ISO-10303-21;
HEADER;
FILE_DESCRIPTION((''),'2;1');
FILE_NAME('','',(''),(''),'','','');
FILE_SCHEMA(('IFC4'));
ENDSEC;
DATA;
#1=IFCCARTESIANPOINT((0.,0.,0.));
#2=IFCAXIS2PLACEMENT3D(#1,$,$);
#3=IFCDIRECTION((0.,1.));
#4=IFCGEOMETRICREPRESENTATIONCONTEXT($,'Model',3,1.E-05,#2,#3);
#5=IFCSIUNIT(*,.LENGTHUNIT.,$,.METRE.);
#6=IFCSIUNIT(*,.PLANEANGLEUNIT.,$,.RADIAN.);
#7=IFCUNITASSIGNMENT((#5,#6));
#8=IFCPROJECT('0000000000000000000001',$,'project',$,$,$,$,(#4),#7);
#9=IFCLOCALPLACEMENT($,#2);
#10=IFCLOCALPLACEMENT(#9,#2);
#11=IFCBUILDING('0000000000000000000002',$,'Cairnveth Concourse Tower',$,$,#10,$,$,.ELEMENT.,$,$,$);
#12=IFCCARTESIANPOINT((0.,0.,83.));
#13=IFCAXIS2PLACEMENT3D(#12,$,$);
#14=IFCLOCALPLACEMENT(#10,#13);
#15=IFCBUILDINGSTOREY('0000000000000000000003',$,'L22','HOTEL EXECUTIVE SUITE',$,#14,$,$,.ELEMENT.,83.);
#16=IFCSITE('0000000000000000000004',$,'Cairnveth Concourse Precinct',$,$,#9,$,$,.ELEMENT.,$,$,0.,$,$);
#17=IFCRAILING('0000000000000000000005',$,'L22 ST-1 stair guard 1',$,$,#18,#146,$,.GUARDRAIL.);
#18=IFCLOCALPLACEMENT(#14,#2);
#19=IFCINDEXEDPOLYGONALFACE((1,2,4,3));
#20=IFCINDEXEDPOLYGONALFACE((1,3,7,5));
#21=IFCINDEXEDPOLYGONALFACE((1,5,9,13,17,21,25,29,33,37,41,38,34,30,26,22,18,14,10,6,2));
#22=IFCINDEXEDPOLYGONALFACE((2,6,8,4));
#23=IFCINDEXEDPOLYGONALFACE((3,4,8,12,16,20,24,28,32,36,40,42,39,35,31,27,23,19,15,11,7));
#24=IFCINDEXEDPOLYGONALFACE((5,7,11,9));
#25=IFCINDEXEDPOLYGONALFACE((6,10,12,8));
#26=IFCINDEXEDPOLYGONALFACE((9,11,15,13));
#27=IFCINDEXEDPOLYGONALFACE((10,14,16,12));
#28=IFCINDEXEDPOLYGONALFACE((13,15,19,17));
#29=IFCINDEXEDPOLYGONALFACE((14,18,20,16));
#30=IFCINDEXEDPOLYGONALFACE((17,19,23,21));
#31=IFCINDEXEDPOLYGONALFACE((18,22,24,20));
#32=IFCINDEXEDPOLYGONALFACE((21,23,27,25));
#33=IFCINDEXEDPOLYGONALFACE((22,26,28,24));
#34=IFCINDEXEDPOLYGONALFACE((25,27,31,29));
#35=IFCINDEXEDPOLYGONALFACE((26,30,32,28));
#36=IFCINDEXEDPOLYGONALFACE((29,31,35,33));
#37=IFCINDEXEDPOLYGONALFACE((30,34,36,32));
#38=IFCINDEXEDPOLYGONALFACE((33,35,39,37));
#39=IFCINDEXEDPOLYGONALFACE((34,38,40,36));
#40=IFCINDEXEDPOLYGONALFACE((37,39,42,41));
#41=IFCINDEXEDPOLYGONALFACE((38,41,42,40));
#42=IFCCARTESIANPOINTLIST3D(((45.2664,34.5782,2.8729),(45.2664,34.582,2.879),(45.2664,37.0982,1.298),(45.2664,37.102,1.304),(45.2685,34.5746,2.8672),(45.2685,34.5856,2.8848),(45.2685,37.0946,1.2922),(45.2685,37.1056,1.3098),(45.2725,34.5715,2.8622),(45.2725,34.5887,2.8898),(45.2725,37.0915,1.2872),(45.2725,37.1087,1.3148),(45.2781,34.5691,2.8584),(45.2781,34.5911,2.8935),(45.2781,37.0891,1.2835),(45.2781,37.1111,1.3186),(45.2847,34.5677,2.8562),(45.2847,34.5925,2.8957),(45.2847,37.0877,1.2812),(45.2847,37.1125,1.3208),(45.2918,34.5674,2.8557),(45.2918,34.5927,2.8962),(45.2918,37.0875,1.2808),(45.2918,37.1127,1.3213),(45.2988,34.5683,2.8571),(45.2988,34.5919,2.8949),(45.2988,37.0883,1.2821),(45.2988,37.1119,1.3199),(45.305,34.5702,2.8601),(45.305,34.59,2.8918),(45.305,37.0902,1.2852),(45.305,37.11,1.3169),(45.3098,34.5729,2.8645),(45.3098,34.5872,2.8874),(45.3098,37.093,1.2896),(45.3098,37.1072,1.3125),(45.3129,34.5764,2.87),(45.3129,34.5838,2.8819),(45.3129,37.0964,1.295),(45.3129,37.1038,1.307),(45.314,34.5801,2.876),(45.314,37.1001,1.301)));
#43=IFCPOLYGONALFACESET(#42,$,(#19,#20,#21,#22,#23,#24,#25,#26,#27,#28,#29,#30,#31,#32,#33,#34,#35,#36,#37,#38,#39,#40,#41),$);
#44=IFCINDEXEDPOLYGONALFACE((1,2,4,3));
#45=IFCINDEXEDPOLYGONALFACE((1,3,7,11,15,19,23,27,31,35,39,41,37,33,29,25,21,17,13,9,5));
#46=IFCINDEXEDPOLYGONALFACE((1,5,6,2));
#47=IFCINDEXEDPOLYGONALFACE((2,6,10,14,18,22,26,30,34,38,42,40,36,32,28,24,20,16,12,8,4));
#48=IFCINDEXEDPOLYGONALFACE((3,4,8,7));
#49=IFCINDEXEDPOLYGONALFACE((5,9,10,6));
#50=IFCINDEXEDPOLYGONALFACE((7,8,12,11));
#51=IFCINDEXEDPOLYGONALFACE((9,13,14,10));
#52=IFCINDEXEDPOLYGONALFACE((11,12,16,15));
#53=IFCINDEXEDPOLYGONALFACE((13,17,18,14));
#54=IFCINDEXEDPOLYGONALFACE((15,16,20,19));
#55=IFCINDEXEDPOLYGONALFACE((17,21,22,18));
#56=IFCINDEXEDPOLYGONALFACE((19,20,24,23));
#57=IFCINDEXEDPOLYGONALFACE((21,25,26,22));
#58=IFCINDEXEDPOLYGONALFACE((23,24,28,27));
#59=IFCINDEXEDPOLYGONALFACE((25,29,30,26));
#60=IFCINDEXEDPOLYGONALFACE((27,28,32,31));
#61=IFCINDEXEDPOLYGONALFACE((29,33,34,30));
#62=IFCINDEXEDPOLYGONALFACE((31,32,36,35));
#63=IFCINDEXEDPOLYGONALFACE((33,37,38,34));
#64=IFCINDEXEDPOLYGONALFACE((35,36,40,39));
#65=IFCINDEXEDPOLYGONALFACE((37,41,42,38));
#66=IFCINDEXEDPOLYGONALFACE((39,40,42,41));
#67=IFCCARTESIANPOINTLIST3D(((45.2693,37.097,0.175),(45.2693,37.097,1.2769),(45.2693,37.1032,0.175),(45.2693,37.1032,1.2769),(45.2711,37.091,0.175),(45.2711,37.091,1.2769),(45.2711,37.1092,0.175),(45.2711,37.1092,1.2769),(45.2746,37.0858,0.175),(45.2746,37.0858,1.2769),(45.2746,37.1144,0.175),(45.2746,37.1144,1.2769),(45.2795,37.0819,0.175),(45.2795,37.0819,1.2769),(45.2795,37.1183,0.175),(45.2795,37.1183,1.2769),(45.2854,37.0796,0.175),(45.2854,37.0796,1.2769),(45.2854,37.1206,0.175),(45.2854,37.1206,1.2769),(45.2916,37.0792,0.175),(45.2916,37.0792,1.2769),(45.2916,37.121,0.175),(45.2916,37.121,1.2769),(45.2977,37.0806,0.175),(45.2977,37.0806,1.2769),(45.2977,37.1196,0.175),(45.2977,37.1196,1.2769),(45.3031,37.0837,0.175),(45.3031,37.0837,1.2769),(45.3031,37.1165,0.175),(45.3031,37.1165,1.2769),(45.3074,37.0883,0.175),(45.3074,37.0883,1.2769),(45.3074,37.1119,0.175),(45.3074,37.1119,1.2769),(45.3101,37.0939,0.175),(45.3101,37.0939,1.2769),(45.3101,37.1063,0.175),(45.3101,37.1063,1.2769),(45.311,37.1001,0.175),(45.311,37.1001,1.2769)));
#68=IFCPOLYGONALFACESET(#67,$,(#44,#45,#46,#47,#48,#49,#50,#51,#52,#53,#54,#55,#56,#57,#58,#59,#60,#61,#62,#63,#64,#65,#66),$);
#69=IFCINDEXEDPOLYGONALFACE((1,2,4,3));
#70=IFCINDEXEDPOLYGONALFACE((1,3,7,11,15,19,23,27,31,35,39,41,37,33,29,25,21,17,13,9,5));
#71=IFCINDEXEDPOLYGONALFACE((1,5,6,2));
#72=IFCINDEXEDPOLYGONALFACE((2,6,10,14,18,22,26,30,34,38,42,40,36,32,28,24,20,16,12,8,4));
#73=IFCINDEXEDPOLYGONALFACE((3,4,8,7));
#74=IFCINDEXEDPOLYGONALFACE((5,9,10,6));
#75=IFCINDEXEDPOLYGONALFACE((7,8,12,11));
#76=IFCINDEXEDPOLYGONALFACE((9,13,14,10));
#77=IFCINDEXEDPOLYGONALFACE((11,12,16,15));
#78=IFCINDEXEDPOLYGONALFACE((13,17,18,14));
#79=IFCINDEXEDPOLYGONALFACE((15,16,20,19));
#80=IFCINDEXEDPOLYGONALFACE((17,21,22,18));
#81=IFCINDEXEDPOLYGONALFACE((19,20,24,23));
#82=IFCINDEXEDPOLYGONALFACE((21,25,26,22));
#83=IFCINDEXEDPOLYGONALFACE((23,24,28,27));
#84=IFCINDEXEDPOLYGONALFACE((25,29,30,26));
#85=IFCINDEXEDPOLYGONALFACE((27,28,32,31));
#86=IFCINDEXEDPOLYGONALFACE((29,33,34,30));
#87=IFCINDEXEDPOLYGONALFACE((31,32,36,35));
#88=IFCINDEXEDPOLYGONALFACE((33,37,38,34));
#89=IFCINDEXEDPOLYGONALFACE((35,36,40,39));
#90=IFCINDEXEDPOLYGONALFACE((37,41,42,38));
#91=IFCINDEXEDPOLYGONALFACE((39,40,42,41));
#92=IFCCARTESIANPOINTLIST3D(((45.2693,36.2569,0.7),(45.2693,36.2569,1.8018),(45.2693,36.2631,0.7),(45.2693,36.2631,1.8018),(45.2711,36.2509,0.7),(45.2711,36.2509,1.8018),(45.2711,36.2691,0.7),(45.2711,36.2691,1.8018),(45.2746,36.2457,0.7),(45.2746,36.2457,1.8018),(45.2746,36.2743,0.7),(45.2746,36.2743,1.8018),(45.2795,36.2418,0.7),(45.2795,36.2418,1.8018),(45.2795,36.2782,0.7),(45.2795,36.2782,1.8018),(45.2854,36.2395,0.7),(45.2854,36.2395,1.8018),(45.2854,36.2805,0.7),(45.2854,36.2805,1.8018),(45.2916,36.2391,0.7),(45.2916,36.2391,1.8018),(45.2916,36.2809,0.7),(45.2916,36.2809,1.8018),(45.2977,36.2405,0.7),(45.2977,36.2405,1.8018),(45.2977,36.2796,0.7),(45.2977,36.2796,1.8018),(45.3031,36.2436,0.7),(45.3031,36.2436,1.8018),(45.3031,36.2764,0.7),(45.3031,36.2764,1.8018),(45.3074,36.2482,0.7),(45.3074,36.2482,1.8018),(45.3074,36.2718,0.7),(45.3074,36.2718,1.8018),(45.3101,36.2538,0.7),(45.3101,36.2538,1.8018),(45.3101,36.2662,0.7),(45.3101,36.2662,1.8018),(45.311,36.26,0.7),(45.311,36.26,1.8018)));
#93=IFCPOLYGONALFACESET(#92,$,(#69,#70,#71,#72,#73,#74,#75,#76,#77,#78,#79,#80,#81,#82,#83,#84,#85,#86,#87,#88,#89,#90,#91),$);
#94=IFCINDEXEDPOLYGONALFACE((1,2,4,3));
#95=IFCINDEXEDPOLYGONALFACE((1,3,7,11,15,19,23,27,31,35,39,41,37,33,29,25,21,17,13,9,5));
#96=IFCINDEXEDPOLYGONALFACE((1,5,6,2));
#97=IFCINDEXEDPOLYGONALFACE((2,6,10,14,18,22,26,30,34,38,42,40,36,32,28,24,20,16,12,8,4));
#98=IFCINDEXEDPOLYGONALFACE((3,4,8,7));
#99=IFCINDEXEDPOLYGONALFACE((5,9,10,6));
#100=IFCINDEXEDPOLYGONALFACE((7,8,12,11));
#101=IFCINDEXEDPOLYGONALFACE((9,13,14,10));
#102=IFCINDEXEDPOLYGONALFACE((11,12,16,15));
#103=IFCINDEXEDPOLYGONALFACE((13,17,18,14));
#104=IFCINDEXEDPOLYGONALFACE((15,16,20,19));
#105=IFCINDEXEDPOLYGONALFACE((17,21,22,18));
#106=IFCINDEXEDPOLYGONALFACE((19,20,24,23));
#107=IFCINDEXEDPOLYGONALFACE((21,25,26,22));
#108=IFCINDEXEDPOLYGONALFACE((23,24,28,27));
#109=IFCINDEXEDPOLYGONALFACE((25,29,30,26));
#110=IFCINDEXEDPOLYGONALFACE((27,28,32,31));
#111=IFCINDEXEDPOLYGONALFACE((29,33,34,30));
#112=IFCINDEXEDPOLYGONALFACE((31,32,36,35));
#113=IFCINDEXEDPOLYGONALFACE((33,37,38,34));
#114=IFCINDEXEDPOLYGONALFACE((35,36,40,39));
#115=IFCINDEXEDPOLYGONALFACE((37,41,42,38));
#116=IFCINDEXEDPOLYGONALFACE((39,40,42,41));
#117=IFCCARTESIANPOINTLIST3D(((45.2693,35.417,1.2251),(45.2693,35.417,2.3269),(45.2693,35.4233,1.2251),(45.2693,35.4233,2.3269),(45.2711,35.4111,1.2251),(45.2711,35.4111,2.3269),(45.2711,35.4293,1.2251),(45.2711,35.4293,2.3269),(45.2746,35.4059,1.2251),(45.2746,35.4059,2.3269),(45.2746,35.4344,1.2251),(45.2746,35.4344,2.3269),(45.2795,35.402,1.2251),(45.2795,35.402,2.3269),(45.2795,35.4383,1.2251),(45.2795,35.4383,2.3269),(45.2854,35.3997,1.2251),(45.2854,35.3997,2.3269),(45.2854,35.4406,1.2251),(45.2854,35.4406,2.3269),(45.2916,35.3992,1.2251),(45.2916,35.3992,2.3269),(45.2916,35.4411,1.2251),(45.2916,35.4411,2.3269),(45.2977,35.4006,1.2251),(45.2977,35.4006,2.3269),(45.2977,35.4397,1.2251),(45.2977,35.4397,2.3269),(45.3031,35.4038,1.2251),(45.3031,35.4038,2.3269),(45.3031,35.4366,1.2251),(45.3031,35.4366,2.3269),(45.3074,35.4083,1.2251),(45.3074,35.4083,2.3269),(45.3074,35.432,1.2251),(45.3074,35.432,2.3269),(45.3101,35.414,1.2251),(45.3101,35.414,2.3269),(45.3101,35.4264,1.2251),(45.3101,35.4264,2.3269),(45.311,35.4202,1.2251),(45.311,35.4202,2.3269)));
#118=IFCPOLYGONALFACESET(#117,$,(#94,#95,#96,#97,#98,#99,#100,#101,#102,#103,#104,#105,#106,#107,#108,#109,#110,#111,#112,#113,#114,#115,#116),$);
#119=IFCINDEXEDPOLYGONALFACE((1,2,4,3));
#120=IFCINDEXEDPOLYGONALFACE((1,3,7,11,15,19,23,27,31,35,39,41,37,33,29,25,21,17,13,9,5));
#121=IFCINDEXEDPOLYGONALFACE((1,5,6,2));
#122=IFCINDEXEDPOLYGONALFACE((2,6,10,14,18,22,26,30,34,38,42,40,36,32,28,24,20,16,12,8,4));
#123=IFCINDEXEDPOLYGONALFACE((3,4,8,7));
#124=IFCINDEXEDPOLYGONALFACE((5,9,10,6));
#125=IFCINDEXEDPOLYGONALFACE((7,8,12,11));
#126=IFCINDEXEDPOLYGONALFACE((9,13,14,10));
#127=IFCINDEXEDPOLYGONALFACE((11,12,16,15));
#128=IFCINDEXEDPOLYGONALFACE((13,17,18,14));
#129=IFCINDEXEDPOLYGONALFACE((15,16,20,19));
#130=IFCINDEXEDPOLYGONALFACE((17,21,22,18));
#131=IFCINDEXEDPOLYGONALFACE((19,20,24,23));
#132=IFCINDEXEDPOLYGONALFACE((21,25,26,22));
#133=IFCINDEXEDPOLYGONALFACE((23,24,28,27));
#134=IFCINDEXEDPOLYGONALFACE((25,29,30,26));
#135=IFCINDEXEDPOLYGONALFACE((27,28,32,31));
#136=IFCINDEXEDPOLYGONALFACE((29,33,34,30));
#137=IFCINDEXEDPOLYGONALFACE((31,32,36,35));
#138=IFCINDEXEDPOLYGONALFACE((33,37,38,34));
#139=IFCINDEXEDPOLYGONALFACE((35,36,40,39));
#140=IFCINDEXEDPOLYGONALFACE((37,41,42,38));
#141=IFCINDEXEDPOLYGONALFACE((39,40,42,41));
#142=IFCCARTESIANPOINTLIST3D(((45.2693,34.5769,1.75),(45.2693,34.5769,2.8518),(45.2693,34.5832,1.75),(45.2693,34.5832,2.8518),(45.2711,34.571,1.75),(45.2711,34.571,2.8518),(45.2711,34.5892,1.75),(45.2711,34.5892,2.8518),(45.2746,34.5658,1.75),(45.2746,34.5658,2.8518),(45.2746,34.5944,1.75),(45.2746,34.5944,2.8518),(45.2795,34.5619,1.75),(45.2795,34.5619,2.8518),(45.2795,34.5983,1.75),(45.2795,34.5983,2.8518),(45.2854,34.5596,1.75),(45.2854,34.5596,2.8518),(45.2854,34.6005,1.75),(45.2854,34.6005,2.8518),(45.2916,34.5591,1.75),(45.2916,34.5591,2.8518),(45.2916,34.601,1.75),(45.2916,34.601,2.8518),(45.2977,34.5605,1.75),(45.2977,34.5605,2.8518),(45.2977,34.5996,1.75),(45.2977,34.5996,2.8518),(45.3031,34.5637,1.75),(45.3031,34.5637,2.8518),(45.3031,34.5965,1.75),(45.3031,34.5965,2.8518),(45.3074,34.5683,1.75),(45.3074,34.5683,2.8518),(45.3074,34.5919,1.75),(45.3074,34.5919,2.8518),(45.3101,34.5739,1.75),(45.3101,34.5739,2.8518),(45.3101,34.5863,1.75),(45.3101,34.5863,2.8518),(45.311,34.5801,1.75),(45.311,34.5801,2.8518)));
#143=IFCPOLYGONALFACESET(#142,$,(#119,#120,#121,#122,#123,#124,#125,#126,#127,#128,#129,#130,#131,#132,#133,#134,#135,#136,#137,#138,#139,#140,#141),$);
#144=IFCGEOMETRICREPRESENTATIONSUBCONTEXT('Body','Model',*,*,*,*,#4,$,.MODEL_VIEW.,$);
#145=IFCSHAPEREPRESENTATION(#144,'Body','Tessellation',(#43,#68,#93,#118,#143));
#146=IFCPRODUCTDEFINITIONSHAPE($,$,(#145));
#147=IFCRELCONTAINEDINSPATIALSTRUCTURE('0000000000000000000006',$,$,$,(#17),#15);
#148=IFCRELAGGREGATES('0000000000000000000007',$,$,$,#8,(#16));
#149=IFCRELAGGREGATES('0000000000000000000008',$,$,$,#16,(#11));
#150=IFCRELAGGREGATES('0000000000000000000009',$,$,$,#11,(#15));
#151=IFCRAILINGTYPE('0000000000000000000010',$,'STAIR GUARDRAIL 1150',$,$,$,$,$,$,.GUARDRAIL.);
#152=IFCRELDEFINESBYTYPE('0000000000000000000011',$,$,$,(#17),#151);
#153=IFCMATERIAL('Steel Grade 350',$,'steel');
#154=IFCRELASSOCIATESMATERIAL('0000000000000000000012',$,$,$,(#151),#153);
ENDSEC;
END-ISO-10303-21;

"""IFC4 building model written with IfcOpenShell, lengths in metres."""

from ifc_helpers import new_model, si_unit, direction, frame, origin, origin_2d, place, context, subcontext, project, spatial, circle, extrude, material, type_object, element, save


model = new_model("IFC4")

# Units and contexts
model_context = context("Model", 3, precision=1e-05, world=origin(), true_north=direction((0.0, 1.0)))
body_context = subcontext(model_context, "Body", "Model", "MODEL_VIEW")
ifc_project = project(units=[si_unit("LENGTHUNIT", "METRE"), si_unit("PLANEANGLEUNIT", "RADIAN")], contexts=[model_context])

# Site, building, storey
site_placement = place(None, origin())
site = spatial("IfcSite", under=ifc_project, at=site_placement, Name="Cairnveth Concourse Precinct", CompositionType="ELEMENT", RefElevation=0.0)
building_placement = place(site_placement, origin())
building = spatial("IfcBuilding", under=site, at=building_placement, Name="Cairnveth Concourse Tower", CompositionType="ELEMENT")
storey_placement = place(building_placement, frame((0.0, 0.0, 83.0)))
storey = spatial("IfcBuildingStorey", under=building, at=storey_placement, Name="L22", Description="HOTEL EXECUTIVE SUITE", CompositionType="ELEMENT", Elevation=83.0)

# Shared definitions
ifc_material_1 = material(Name="Steel Grade 350", Category="steel")

# Railing
railing_type_1 = type_object("IfcRailingType", Name="STAIR GUARDRAIL 1150", PredefinedType="GUARDRAIL", material=ifc_material_1)
railing_1_placement = place(storey_placement, frame((45.29, 37.1001, 0.175)))
element("IfcRailing", 1, at=railing_1_placement, inside=storey, type_object=railing_type_1, Name="L22 ST-1 stair guard 1", PredefinedType="GUARDRAIL", context=body_context, shape_type="SweptSolid", body=[
    extrude(circle(Radius=0.0239, at=origin_2d()), frame((0.0, 0.0, 1.126), z_axis=(0.0, -0.848008, 0.529984), x_axis=(1.0, 0.0, 0.0)), (0.0, 0.0, 1.0), 2.9717),
    extrude(circle(Radius=0.021, at=origin_2d()), origin(), (0.0, 0.0, 1.0), 1.1018),
    extrude(circle(Radius=0.021, at=origin_2d()), frame((0.0, -0.8401, 0.5249)), (0.0, 0.0, 1.0), 1.1018),
    extrude(circle(Radius=0.021, at=origin_2d()), frame((0.0, -1.6799, 1.05)), (0.0, 0.0, 1.0), 1.1018),
    extrude(circle(Radius=0.021, at=origin_2d()), frame((0.0, -2.52, 1.575)), (0.0, 0.0, 1.0), 1.1018),
])

save(model, "model.ifc")
